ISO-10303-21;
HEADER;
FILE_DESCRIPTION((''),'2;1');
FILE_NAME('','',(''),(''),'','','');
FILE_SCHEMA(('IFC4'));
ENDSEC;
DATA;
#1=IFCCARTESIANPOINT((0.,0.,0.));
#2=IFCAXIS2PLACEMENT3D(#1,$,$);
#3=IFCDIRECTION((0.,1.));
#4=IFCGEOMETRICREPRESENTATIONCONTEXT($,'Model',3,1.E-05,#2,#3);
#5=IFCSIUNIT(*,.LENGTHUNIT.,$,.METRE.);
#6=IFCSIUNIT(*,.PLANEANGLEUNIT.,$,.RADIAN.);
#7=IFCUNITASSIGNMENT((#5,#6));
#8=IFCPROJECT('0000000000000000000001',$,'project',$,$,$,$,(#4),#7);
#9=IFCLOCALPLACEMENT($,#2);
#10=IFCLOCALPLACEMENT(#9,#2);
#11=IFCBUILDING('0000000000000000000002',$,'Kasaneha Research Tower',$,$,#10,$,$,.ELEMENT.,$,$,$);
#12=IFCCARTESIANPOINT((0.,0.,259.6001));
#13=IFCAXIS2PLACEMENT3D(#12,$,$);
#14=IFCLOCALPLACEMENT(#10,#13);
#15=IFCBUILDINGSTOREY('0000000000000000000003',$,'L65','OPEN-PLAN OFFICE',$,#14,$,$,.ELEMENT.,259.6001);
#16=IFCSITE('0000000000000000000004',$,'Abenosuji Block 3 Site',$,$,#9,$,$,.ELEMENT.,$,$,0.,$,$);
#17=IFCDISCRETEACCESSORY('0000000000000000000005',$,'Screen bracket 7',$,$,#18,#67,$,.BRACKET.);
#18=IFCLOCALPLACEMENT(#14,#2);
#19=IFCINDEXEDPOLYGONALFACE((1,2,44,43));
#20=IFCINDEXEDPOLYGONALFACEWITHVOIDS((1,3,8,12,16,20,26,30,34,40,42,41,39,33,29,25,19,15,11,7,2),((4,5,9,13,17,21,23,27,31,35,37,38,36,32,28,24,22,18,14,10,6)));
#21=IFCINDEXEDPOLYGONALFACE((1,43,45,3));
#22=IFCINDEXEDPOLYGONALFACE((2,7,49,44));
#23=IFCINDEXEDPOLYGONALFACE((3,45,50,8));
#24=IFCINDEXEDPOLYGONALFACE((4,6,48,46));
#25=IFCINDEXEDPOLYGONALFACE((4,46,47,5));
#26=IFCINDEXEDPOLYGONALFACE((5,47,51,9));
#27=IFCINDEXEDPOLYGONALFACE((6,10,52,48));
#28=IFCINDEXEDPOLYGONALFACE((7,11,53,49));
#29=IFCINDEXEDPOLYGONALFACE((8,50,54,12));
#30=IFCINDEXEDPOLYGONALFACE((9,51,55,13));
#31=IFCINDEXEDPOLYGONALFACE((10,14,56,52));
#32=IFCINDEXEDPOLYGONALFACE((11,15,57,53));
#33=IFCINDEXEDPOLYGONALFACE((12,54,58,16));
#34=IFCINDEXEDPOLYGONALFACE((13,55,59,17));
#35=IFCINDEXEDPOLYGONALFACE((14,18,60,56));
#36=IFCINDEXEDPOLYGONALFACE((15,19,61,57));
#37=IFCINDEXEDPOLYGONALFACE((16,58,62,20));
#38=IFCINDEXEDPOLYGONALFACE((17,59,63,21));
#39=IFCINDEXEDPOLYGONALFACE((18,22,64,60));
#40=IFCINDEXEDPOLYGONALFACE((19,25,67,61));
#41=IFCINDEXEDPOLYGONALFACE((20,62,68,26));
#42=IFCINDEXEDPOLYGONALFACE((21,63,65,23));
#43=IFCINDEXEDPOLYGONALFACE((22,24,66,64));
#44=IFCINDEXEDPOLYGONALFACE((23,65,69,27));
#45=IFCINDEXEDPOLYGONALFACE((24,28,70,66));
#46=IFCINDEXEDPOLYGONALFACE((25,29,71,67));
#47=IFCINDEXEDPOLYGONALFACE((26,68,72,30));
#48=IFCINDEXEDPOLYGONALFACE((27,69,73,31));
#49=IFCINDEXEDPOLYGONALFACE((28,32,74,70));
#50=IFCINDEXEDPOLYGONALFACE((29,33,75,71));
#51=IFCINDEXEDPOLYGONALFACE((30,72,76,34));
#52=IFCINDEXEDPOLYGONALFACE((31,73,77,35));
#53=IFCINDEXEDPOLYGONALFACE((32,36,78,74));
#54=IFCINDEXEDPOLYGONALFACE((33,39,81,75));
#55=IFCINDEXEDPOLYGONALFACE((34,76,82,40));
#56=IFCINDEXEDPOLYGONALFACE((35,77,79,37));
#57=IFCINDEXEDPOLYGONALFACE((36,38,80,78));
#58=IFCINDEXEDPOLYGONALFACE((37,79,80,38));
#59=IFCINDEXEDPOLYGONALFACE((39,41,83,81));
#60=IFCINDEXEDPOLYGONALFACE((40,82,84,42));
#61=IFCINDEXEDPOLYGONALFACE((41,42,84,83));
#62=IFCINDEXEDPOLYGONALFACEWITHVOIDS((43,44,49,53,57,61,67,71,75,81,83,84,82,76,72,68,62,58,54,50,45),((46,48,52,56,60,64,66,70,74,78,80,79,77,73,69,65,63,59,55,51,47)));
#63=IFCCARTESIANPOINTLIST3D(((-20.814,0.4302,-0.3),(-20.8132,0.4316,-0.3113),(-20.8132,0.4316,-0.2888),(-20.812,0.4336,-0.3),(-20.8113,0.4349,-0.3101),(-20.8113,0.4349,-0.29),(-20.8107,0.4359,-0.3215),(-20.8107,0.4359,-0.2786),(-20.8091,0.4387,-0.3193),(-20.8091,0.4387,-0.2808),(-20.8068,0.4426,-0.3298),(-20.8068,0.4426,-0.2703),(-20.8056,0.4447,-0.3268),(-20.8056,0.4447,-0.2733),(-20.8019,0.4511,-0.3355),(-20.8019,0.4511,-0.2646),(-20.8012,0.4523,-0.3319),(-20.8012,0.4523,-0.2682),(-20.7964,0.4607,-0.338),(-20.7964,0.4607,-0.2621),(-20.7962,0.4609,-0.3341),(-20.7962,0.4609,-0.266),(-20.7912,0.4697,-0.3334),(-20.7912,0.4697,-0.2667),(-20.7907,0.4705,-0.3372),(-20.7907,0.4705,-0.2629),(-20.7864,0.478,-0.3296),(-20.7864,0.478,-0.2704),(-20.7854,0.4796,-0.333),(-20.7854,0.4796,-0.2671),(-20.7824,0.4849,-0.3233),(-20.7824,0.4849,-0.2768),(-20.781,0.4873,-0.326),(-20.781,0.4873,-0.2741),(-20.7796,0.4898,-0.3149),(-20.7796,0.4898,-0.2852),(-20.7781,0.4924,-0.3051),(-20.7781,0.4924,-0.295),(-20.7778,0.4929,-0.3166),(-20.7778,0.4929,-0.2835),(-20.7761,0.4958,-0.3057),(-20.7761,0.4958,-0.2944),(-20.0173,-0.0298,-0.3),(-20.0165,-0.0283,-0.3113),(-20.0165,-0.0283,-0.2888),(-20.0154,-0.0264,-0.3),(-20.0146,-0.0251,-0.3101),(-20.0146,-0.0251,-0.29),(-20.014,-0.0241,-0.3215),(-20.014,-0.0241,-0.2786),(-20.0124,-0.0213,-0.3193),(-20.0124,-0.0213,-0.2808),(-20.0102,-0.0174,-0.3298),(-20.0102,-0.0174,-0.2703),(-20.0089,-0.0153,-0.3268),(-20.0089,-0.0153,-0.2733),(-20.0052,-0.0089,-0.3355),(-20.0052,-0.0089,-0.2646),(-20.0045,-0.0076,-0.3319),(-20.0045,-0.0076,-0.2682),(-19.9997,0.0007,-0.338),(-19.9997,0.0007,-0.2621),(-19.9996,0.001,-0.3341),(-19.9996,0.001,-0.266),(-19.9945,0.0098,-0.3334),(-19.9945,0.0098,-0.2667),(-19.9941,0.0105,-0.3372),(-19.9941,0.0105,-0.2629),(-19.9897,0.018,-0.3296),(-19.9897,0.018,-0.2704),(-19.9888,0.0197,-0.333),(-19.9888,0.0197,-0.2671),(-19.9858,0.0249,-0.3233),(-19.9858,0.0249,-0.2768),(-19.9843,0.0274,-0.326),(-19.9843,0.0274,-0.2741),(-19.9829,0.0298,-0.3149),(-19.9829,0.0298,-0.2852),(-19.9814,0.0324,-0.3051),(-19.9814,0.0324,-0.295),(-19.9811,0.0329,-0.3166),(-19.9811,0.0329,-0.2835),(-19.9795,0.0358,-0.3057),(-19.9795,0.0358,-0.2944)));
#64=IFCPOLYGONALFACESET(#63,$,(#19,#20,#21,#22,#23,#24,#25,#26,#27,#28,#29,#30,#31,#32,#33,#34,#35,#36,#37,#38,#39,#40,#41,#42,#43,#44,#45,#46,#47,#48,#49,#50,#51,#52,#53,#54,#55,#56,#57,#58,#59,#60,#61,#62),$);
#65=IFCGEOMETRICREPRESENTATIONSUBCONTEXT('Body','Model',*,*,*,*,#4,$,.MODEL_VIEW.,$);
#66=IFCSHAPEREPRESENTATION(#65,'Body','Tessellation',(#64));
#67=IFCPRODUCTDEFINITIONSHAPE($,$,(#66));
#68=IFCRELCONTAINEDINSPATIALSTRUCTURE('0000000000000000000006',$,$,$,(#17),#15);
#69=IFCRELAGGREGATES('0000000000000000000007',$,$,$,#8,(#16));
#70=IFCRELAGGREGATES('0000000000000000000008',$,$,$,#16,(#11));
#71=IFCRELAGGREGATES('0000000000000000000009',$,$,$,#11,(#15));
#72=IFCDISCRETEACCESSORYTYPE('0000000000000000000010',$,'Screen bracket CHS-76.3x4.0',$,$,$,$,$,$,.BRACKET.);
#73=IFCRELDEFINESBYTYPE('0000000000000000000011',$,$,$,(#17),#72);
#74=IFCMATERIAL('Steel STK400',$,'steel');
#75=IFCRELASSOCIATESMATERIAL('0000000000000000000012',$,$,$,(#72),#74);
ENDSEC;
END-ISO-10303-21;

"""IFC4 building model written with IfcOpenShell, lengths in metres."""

from ifc_helpers import new_model, si_unit, direction, frame, origin, origin_2d, place, context, subcontext, project, spatial, hollow_circle, extrude, material, material_profile, profile_set, type_object, element, save


model = new_model("IFC4")

# Units and contexts
model_context = context("Model", 3, precision=1e-05, world=origin(), true_north=direction((0.0, 1.0)))
body_context = subcontext(model_context, "Body", "Model", "MODEL_VIEW")
ifc_project = project(units=[si_unit("LENGTHUNIT", "METRE"), si_unit("PLANEANGLEUNIT", "RADIAN")], contexts=[model_context])

# Site, building, storey
site_placement = place(None, origin())
site = spatial("IfcSite", under=ifc_project, at=site_placement, Name="Abenosuji Block 3 Site", CompositionType="ELEMENT", RefElevation=0.0)
building_placement = place(site_placement, origin())
building = spatial("IfcBuilding", under=site, at=building_placement, Name="Kasaneha Research Tower", CompositionType="ELEMENT")
storey_placement = place(building_placement, frame((0.0, 0.0, 259.6001)))
storey = spatial("IfcBuildingStorey", under=building, at=storey_placement, Name="L65", Description="OPEN-PLAN OFFICE", CompositionType="ELEMENT", Elevation=259.6001)

# Discrete accessory
ifc_material_1 = material(Name="Steel STK400", Category="steel")
ifc_material_profile_1 = material_profile(ifc_material_1, hollow_circle(Radius=0.0381, WallThickness=0.0039, at=origin_2d()), Name="CHS-76.3x4.0")
ifc_profile_set_1 = profile_set([ifc_material_profile_1], Name="Steel STK400")
discrete_accessory_type = type_object("IfcDiscreteAccessoryType", Name="Screen bracket CHS-76.3x4.0", PredefinedType="BRACKET", material=ifc_profile_set_1)
discrete_accessory_1_placement = place(storey_placement, frame((-19.9983, 0.0032, -0.3), z_axis=(-0.866013, 0.500021, 0.0), x_axis=(-0.500021, -0.866013, 0.0)))
element("IfcDiscreteAccessory", 1, at=discrete_accessory_1_placement, inside=storey, type_object=discrete_accessory_type, Name="Screen bracket 7", PredefinedType="BRACKET", context=body_context, shape_type="SweptSolid", body=[
    extrude(hollow_circle(Radius=0.0381, WallThickness=0.0039, at=origin_2d()), origin(), (0.0, 0.0, 1.0), 0.9199),
])

save(model, "model.ifc")
